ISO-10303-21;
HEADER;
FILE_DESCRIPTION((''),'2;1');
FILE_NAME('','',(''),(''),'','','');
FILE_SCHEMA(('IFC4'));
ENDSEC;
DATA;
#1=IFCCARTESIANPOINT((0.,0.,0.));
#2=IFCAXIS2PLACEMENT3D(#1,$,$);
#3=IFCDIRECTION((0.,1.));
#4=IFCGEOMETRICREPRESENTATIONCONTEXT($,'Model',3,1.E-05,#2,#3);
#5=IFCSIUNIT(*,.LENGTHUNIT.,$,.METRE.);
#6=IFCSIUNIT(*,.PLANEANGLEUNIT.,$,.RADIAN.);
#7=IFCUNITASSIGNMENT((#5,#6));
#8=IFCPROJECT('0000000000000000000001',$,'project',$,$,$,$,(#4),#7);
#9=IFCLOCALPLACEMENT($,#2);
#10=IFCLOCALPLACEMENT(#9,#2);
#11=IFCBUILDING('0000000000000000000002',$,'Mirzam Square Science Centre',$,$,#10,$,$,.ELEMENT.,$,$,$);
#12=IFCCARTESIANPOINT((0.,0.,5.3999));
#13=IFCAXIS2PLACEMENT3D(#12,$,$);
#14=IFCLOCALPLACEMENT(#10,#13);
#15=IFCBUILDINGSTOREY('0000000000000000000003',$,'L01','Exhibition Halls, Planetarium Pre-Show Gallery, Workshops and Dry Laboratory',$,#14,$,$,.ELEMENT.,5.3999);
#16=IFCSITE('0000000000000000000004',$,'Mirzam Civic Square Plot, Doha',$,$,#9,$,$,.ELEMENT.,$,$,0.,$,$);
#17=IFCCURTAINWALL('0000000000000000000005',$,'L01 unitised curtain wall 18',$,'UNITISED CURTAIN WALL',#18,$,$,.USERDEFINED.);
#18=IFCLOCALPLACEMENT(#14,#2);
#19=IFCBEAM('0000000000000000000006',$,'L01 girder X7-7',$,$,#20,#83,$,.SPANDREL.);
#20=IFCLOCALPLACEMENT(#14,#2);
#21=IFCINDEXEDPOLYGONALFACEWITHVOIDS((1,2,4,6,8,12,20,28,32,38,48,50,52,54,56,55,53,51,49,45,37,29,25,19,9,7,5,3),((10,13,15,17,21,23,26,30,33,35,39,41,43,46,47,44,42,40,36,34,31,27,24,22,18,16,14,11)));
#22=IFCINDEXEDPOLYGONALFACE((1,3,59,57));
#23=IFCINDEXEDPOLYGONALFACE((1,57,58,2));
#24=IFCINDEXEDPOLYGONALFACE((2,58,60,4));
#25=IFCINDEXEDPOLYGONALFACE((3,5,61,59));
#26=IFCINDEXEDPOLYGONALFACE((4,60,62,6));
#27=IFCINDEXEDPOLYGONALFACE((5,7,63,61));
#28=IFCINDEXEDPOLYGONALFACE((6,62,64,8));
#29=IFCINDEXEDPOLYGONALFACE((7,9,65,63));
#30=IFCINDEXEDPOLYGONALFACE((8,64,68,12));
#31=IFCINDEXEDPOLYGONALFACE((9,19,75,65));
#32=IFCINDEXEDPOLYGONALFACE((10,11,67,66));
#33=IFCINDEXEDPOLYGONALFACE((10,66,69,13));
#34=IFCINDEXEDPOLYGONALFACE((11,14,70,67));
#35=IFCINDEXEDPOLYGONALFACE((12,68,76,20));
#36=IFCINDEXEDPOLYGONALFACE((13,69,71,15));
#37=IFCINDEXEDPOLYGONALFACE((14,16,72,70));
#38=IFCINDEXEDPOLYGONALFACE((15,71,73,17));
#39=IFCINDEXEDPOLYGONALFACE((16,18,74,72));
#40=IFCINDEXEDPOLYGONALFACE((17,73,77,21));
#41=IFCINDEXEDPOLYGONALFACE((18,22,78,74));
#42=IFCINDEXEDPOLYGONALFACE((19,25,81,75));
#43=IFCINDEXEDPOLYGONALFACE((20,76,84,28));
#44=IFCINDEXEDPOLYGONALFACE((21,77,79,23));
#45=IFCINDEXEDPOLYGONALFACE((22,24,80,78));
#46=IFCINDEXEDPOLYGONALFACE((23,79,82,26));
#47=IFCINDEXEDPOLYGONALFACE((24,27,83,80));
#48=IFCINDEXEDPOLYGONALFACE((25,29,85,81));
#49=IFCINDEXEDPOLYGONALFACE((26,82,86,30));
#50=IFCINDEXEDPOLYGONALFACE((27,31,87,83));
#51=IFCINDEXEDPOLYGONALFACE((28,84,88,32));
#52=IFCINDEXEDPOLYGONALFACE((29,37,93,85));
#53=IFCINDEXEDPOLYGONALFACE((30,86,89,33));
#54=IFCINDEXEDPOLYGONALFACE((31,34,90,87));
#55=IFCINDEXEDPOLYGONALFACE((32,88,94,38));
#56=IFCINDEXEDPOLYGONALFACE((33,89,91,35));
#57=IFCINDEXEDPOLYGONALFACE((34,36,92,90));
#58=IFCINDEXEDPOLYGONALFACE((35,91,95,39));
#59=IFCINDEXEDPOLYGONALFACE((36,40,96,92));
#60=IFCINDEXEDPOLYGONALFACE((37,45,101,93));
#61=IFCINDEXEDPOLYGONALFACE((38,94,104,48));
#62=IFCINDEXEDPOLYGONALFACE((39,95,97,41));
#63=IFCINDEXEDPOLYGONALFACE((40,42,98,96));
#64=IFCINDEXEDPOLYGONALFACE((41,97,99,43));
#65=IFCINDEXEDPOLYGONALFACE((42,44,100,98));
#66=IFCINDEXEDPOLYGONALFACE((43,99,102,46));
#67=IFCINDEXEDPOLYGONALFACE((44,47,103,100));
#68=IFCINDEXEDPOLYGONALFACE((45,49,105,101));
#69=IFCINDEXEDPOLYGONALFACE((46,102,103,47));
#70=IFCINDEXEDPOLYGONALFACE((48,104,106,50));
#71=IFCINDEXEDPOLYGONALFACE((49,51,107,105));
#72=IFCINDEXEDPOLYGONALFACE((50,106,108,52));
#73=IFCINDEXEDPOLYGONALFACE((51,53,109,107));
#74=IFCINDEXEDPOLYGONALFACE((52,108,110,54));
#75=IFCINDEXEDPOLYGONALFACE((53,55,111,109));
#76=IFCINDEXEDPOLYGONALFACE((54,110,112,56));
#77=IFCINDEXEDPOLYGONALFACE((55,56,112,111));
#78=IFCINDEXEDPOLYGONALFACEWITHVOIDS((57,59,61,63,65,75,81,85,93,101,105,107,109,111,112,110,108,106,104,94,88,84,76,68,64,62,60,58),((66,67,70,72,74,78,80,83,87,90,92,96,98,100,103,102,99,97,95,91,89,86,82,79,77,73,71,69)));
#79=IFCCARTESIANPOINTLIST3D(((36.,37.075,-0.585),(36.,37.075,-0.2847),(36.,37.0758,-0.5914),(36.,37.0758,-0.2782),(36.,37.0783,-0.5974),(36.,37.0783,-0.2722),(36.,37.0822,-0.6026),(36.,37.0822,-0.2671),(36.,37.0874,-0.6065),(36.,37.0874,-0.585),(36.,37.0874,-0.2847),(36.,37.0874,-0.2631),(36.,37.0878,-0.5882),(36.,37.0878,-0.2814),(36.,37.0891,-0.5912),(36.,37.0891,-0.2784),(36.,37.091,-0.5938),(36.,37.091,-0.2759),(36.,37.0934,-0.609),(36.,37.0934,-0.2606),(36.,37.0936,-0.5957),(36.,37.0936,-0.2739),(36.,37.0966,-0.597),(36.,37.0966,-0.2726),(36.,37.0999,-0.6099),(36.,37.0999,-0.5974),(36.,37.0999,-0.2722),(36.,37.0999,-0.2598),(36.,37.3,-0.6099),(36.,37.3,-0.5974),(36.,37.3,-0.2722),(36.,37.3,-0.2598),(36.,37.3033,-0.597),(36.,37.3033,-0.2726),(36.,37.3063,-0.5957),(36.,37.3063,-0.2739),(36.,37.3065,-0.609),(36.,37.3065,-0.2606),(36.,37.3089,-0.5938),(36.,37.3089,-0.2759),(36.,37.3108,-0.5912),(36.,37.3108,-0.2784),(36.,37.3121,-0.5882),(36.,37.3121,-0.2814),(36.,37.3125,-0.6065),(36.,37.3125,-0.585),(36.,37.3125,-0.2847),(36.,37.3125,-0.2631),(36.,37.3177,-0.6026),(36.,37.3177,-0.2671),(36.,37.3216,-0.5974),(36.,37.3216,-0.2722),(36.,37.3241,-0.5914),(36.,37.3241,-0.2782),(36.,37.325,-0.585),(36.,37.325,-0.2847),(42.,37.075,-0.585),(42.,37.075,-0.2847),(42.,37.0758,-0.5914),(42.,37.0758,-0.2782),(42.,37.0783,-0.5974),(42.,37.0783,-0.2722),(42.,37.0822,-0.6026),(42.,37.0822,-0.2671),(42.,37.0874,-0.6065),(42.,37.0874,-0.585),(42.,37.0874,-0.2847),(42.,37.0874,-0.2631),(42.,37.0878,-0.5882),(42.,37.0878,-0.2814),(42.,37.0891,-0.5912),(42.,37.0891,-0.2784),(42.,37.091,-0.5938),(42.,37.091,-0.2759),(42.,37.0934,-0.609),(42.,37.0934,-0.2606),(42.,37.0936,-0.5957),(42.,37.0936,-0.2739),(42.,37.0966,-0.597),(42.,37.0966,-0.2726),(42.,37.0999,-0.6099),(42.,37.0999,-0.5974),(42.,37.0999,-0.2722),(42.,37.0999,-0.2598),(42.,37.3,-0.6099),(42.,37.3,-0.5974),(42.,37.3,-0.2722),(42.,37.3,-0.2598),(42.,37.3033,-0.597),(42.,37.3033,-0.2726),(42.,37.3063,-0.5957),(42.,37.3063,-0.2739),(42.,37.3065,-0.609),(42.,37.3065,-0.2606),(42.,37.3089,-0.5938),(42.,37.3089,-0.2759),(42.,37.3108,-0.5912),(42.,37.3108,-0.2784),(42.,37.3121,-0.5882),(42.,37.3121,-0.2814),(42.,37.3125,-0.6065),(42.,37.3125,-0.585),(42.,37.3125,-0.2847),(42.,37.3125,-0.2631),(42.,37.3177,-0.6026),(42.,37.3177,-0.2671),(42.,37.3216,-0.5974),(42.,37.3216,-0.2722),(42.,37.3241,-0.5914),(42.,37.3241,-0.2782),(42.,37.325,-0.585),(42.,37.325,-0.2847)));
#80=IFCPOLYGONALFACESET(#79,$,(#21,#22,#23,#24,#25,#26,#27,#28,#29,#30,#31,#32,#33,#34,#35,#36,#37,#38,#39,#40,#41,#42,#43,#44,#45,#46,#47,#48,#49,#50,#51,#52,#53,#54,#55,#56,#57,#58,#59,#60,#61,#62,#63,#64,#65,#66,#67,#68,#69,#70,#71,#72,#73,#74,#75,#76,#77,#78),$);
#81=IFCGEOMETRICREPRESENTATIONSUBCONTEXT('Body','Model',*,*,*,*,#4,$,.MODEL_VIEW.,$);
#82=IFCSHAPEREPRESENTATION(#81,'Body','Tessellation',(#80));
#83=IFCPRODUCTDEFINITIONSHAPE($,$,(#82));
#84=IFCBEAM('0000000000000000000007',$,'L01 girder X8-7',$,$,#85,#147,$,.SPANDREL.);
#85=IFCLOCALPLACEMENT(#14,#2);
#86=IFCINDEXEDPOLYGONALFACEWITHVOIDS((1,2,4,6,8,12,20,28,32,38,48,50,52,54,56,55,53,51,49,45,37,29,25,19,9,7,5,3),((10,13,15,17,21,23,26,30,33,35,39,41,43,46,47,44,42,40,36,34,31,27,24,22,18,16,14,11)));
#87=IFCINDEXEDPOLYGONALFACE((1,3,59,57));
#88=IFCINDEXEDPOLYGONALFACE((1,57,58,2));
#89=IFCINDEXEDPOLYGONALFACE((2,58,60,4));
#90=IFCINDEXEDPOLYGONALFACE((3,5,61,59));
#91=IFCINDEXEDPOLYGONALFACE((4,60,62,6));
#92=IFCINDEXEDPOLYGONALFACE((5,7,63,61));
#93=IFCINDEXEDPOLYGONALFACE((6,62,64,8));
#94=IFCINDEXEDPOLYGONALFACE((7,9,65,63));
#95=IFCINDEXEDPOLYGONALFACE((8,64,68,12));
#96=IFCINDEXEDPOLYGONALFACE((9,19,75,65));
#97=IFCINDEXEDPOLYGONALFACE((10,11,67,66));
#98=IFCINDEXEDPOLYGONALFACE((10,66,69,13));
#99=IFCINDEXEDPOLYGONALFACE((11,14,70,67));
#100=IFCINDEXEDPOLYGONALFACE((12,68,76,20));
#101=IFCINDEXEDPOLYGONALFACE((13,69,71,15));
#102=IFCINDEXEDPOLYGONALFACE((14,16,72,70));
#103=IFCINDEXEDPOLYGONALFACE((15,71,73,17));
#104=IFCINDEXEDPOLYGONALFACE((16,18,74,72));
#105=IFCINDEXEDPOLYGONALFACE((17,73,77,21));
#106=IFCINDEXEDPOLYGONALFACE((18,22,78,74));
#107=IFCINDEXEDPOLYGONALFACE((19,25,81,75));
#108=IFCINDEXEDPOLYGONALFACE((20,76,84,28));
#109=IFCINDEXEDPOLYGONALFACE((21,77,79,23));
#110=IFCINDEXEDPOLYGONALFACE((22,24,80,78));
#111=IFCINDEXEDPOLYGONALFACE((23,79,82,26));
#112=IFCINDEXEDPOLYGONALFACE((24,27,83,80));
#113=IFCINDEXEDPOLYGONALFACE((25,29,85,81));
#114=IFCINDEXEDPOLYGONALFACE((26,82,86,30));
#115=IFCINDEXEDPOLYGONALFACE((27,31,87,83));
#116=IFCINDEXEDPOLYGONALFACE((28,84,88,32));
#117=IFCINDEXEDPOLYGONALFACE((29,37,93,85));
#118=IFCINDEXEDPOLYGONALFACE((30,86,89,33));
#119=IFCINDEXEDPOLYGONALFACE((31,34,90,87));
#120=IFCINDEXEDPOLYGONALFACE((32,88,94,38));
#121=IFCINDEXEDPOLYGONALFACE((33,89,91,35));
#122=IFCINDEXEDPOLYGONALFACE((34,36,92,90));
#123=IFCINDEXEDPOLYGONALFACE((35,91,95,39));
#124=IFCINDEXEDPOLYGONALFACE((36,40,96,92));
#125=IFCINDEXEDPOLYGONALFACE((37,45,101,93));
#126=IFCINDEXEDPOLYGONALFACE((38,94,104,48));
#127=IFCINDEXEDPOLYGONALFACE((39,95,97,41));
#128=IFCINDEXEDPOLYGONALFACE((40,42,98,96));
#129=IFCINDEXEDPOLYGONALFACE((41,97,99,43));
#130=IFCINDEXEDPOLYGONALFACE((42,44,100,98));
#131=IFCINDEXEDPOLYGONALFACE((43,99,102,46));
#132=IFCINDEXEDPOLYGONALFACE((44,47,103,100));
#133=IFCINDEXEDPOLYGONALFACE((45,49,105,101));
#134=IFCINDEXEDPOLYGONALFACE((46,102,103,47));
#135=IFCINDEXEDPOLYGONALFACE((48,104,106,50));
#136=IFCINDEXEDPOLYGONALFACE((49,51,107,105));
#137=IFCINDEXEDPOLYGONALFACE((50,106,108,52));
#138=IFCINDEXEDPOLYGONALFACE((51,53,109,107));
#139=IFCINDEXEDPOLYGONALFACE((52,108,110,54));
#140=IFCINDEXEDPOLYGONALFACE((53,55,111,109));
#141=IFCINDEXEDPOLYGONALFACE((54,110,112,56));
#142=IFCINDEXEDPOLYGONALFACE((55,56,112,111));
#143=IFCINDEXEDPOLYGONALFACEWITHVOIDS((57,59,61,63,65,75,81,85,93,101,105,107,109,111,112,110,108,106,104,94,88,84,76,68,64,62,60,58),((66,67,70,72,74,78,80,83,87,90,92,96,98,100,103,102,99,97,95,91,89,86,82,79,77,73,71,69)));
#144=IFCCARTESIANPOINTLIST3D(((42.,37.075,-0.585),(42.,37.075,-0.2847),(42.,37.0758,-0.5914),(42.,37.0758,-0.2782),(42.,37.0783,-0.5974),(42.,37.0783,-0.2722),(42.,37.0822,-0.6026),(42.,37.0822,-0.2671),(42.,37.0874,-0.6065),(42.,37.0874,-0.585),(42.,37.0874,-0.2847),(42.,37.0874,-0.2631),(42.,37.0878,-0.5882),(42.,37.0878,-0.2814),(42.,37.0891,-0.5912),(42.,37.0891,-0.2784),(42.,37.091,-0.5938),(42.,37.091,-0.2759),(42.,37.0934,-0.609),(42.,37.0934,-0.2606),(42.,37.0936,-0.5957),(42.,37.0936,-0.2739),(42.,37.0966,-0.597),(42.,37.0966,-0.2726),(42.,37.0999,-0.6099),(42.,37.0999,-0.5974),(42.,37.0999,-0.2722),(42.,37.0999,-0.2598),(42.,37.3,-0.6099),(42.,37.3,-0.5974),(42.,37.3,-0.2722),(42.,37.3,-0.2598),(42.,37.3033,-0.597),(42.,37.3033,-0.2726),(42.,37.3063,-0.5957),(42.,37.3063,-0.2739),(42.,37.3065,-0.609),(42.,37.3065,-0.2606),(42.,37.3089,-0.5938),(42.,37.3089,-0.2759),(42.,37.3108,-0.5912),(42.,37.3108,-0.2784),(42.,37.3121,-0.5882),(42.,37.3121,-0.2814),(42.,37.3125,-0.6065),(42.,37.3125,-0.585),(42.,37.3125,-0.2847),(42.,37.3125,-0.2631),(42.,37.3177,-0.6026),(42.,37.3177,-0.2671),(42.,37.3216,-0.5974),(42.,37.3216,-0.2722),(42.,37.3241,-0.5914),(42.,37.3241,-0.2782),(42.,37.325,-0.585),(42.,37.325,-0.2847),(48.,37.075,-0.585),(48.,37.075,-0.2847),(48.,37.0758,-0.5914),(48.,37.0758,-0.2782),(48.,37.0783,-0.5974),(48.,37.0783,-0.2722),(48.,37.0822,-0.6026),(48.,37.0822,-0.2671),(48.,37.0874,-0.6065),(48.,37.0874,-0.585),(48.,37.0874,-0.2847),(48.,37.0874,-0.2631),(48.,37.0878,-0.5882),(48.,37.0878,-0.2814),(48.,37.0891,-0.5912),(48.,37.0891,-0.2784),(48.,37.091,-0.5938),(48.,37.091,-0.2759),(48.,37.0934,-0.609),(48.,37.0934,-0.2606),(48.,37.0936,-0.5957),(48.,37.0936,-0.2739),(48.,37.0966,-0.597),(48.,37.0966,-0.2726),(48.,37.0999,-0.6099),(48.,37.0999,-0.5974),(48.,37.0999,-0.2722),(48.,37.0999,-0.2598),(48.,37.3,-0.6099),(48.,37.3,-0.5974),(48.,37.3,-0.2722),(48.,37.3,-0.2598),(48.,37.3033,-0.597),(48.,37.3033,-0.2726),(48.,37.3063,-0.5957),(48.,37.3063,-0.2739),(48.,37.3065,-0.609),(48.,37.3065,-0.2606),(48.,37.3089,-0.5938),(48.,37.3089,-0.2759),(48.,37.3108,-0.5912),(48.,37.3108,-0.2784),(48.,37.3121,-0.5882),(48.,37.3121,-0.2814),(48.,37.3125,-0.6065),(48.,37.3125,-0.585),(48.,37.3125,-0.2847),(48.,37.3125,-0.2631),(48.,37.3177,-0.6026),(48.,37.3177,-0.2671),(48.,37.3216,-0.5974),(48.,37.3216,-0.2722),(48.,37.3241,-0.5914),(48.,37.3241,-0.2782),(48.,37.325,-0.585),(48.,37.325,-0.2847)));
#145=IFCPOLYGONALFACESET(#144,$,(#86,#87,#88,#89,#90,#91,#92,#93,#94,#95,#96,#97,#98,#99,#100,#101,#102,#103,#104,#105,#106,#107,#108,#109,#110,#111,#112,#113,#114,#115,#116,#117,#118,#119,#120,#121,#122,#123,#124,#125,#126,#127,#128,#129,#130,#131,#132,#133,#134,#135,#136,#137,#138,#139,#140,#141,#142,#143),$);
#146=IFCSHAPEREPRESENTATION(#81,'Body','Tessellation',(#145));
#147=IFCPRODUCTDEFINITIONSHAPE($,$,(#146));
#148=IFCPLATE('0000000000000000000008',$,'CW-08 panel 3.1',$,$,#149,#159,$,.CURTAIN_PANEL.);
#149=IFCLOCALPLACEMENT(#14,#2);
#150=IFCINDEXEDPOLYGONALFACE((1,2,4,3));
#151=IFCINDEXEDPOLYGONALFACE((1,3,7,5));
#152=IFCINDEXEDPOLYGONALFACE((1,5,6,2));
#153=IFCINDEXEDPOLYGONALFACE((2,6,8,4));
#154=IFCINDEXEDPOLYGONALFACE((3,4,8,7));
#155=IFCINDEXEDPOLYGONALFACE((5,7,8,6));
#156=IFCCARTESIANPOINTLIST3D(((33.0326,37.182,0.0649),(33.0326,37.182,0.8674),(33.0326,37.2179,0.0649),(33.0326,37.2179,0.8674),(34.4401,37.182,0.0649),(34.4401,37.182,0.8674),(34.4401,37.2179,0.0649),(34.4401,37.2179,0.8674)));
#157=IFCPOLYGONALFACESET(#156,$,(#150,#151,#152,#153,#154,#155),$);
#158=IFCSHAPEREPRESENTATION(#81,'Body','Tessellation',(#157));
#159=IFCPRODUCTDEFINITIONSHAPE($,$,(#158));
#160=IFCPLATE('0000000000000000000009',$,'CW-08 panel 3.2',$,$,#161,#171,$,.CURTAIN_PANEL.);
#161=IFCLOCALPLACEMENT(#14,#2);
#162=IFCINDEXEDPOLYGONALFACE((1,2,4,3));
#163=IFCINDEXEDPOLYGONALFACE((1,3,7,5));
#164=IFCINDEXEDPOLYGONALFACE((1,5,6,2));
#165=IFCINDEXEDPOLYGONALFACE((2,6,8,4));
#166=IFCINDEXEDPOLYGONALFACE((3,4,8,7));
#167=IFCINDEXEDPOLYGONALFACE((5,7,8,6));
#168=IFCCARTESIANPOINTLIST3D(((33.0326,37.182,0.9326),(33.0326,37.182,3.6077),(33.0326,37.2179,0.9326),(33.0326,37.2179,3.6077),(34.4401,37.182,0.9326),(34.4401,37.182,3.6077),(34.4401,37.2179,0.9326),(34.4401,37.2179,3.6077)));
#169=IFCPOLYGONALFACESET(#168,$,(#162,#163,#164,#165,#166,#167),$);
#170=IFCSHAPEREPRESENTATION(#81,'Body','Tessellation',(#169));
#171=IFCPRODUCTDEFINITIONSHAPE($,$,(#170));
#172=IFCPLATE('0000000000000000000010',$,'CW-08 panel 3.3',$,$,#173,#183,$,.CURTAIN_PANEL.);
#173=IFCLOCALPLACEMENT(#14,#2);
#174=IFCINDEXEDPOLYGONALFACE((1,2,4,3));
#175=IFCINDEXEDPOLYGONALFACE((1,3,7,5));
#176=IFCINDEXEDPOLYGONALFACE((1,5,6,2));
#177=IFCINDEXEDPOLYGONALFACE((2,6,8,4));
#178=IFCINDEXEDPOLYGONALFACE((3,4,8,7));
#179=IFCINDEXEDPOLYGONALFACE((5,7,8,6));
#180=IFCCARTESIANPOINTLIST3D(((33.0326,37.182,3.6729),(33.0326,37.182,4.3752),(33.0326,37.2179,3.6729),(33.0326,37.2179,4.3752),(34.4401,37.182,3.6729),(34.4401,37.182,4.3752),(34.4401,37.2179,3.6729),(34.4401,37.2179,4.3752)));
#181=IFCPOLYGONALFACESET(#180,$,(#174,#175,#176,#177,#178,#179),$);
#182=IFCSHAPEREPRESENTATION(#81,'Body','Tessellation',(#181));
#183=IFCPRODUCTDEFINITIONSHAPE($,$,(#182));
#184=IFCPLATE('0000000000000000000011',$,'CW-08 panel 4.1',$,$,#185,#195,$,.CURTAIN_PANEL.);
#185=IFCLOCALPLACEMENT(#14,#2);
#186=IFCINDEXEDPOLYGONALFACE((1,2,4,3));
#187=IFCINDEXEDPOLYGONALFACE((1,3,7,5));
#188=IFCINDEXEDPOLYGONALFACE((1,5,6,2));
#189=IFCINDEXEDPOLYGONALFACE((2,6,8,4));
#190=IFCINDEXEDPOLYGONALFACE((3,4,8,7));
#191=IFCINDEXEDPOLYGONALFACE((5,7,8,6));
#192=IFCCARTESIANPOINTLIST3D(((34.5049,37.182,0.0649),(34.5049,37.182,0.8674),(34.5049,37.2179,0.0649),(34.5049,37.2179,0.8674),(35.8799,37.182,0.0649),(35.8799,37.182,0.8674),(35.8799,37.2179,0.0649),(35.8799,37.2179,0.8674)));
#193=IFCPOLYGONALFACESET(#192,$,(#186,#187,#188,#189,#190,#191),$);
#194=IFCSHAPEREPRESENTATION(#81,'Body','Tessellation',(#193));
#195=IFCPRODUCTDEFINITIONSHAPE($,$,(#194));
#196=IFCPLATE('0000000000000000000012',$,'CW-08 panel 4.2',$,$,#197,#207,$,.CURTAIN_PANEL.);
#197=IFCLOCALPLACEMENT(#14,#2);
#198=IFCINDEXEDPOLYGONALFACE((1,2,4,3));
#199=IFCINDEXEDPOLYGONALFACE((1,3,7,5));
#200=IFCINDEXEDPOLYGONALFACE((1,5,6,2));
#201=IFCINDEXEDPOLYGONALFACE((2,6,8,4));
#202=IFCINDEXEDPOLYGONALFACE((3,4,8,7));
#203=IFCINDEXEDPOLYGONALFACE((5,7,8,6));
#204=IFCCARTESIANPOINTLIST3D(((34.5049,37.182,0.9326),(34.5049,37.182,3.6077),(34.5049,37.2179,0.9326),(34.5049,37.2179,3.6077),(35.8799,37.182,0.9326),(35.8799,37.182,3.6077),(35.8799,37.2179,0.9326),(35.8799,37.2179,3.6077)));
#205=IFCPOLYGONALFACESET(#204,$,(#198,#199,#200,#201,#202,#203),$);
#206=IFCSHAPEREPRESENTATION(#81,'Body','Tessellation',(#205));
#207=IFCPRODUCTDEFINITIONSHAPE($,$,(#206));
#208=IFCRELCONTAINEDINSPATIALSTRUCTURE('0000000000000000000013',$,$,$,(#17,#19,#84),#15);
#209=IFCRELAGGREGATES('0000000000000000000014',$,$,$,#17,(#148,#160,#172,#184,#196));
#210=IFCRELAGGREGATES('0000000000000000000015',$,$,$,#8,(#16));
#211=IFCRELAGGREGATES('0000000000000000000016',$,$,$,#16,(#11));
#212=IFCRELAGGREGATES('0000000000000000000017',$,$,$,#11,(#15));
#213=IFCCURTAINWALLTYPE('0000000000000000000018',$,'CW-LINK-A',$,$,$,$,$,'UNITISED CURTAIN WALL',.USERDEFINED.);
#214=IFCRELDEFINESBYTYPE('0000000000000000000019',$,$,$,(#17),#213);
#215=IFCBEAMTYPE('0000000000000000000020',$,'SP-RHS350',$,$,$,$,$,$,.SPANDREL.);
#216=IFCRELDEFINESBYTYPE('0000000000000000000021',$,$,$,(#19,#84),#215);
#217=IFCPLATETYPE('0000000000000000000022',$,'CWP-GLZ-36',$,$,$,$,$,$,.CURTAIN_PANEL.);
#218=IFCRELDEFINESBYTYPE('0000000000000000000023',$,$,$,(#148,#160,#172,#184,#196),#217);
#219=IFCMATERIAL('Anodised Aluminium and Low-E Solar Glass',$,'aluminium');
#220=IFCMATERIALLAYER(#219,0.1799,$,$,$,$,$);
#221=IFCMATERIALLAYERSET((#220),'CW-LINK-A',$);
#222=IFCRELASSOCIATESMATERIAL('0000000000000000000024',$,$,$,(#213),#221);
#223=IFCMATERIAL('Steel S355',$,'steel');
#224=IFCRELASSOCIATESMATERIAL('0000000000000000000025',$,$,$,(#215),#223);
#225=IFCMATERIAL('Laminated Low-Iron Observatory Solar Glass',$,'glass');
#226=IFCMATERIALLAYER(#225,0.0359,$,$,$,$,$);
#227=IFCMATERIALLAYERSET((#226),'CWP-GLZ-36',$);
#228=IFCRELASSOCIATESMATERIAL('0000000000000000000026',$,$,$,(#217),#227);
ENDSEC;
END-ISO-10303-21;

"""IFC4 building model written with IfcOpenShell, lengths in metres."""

from ifc_helpers import new_model, si_unit, direction, frame, origin, origin_2d, place, context, subcontext, project, spatial, rectangle, hollow_rectangle, extrude, material, layer, layer_set, material_profile, profile_set, type_object, element, aggregate, save


model = new_model("IFC4")

# Units and contexts
model_context = context("Model", 3, precision=1e-05, world=origin(), true_north=direction((0.0, 1.0)))
body_context = subcontext(model_context, "Body", "Model", "MODEL_VIEW")
ifc_project = project(units=[si_unit("LENGTHUNIT", "METRE"), si_unit("PLANEANGLEUNIT", "RADIAN")], contexts=[model_context])

# Site, building, storey
site_placement = place(None, origin())
site = spatial("IfcSite", under=ifc_project, at=site_placement, Name="Mirzam Civic Square Plot, Doha", CompositionType="ELEMENT", RefElevation=0.0)
building_placement = place(site_placement, origin())
building = spatial("IfcBuilding", under=site, at=building_placement, Name="Mirzam Square Science Centre", CompositionType="ELEMENT")
storey_placement = place(building_placement, frame((0.0, 0.0, 5.3999)))
storey = spatial("IfcBuildingStorey", under=building, at=storey_placement, Name="L01", Description="Exhibition Halls, Planetarium Pre-Show Gallery, Workshops and Dry Laboratory", CompositionType="ELEMENT", Elevation=5.3999)

# Shared definitions
ifc_material_1 = material(Name="Steel S355", Category="steel")

# Curtain wall
ifc_material_2 = material(Name="Anodised Aluminium and Low-E Solar Glass", Category="aluminium")
ifc_layer_1 = layer(ifc_material_2, 0.1799)
ifc_layer_set_1 = layer_set([ifc_layer_1], Name="CW-LINK-A")
curtain_wall_type = type_object("IfcCurtainWallType", Name="CW-LINK-A", ElementType="UNITISED CURTAIN WALL", PredefinedType="USERDEFINED", material=ifc_layer_set_1)
curtain_wall_placement = place(storey_placement, origin())
curtain_wall = element("IfcCurtainWall", 1, at=curtain_wall_placement, inside=storey, type_object=curtain_wall_type, Name="L01 unitised curtain wall 18", ObjectType="UNITISED CURTAIN WALL", PredefinedType="USERDEFINED")

# Beams
ifc_material_profile_1 = material_profile(ifc_material_1, hollow_rectangle(XDim=0.25, YDim=0.3501, WallThickness=0.0125, InnerFilletRadius=0.0125, OuterFilletRadius=0.0249, at=origin_2d()), Name="350x250x12.5RHS")
ifc_profile_set_1 = profile_set([ifc_material_profile_1], Name="Steel S355")
beam_type_1 = type_object("IfcBeamType", Name="SP-RHS350", PredefinedType="SPANDREL", material=ifc_profile_set_1)
for number, where, z_axis, x_axis, name in (
    (2, (36.0, 37.2, -0.4348), (1.0, 0.0, 0.0), (0.0, 1.0, 0.0), "L01 girder X7-7"),
    (3, (42.0, 37.2, -0.4348), (1.0, 0.0, 0.0), (0.0, 1.0, 0.0), "L01 girder X8-7"),
):
    element("IfcBeam", number, at=place(storey_placement, frame(where, z_axis=z_axis, x_axis=x_axis)), inside=storey, type_object=beam_type_1, Name=name, PredefinedType="SPANDREL", context=body_context, shape_type="SweptSolid", body=[
        extrude(hollow_rectangle(XDim=0.25, YDim=0.3501, WallThickness=0.0125, InnerFilletRadius=0.0125, OuterFilletRadius=0.0249, at=origin_2d()), origin(), (0.0, 0.0, 1.0), 6.0),
    ])

# Plates
ifc_material_3 = material(Name="Laminated Low-Iron Observatory Solar Glass", Category="glass")
ifc_layer_2 = layer(ifc_material_3, 0.0359)
ifc_layer_set_2 = layer_set([ifc_layer_2], Name="CWP-GLZ-36")
plate_type = type_object("IfcPlateType", Name="CWP-GLZ-36", PredefinedType="CURTAIN_PANEL", material=ifc_layer_set_2)
plate_1_placement = place(storey_placement, frame((33.7363, 37.2, 0.0649), z_axis=(0.0, 0.0, 1.0), x_axis=(1.0, 0.0, 0.0)))
plate_1 = element("IfcPlate", 4, at=plate_1_placement, type_object=plate_type, Name="CW-08 panel 3.1", PredefinedType="CURTAIN_PANEL", context=body_context, shape_type="SweptSolid", body=[
    extrude(rectangle(XDim=1.4075, YDim=0.0359, at=origin_2d()), origin(), (0.0, 0.0, 1.0), 0.8025),
])
plate_2_placement = place(storey_placement, frame((33.7363, 37.2, 0.9326), z_axis=(0.0, 0.0, 1.0), x_axis=(1.0, 0.0, 0.0)))
plate_2 = element("IfcPlate", 5, at=plate_2_placement, type_object=plate_type, Name="CW-08 panel 3.2", PredefinedType="CURTAIN_PANEL", context=body_context, shape_type="SweptSolid", body=[
    extrude(rectangle(XDim=1.4075, YDim=0.0359, at=origin_2d()), origin(), (0.0, 0.0, 1.0), 2.675),
])
plate_3_placement = place(storey_placement, frame((33.7363, 37.2, 3.6729), z_axis=(0.0, 0.0, 1.0), x_axis=(1.0, 0.0, 0.0)))
plate_3 = element("IfcPlate", 6, at=plate_3_placement, type_object=plate_type, Name="CW-08 panel 3.3", PredefinedType="CURTAIN_PANEL", context=body_context, shape_type="SweptSolid", body=[
    extrude(rectangle(XDim=1.4075, YDim=0.0359, at=origin_2d()), origin(), (0.0, 0.0, 1.0), 0.7024),
])
plate_4_placement = place(storey_placement, frame((35.1924, 37.2, 0.0649), z_axis=(0.0, 0.0, 1.0), x_axis=(1.0, 0.0, 0.0)))
plate_4 = element("IfcPlate", 7, at=plate_4_placement, type_object=plate_type, Name="CW-08 panel 4.1", PredefinedType="CURTAIN_PANEL", context=body_context, shape_type="SweptSolid", body=[
    extrude(rectangle(XDim=1.375, YDim=0.0359, at=origin_2d()), origin(), (0.0, 0.0, 1.0), 0.8025),
])
plate_5_placement = place(storey_placement, frame((35.1924, 37.2, 0.9326), z_axis=(0.0, 0.0, 1.0), x_axis=(1.0, 0.0, 0.0)))
plate_5 = element("IfcPlate", 8, at=plate_5_placement, type_object=plate_type, Name="CW-08 panel 4.2", PredefinedType="CURTAIN_PANEL", context=body_context, shape_type="SweptSolid", body=[
    extrude(rectangle(XDim=1.375, YDim=0.0359, at=origin_2d()), origin(), (0.0, 0.0, 1.0), 2.675),
])
aggregate(curtain_wall, [plate_1, plate_2, plate_3, plate_4, plate_5])

save(model, "model.ifc")
